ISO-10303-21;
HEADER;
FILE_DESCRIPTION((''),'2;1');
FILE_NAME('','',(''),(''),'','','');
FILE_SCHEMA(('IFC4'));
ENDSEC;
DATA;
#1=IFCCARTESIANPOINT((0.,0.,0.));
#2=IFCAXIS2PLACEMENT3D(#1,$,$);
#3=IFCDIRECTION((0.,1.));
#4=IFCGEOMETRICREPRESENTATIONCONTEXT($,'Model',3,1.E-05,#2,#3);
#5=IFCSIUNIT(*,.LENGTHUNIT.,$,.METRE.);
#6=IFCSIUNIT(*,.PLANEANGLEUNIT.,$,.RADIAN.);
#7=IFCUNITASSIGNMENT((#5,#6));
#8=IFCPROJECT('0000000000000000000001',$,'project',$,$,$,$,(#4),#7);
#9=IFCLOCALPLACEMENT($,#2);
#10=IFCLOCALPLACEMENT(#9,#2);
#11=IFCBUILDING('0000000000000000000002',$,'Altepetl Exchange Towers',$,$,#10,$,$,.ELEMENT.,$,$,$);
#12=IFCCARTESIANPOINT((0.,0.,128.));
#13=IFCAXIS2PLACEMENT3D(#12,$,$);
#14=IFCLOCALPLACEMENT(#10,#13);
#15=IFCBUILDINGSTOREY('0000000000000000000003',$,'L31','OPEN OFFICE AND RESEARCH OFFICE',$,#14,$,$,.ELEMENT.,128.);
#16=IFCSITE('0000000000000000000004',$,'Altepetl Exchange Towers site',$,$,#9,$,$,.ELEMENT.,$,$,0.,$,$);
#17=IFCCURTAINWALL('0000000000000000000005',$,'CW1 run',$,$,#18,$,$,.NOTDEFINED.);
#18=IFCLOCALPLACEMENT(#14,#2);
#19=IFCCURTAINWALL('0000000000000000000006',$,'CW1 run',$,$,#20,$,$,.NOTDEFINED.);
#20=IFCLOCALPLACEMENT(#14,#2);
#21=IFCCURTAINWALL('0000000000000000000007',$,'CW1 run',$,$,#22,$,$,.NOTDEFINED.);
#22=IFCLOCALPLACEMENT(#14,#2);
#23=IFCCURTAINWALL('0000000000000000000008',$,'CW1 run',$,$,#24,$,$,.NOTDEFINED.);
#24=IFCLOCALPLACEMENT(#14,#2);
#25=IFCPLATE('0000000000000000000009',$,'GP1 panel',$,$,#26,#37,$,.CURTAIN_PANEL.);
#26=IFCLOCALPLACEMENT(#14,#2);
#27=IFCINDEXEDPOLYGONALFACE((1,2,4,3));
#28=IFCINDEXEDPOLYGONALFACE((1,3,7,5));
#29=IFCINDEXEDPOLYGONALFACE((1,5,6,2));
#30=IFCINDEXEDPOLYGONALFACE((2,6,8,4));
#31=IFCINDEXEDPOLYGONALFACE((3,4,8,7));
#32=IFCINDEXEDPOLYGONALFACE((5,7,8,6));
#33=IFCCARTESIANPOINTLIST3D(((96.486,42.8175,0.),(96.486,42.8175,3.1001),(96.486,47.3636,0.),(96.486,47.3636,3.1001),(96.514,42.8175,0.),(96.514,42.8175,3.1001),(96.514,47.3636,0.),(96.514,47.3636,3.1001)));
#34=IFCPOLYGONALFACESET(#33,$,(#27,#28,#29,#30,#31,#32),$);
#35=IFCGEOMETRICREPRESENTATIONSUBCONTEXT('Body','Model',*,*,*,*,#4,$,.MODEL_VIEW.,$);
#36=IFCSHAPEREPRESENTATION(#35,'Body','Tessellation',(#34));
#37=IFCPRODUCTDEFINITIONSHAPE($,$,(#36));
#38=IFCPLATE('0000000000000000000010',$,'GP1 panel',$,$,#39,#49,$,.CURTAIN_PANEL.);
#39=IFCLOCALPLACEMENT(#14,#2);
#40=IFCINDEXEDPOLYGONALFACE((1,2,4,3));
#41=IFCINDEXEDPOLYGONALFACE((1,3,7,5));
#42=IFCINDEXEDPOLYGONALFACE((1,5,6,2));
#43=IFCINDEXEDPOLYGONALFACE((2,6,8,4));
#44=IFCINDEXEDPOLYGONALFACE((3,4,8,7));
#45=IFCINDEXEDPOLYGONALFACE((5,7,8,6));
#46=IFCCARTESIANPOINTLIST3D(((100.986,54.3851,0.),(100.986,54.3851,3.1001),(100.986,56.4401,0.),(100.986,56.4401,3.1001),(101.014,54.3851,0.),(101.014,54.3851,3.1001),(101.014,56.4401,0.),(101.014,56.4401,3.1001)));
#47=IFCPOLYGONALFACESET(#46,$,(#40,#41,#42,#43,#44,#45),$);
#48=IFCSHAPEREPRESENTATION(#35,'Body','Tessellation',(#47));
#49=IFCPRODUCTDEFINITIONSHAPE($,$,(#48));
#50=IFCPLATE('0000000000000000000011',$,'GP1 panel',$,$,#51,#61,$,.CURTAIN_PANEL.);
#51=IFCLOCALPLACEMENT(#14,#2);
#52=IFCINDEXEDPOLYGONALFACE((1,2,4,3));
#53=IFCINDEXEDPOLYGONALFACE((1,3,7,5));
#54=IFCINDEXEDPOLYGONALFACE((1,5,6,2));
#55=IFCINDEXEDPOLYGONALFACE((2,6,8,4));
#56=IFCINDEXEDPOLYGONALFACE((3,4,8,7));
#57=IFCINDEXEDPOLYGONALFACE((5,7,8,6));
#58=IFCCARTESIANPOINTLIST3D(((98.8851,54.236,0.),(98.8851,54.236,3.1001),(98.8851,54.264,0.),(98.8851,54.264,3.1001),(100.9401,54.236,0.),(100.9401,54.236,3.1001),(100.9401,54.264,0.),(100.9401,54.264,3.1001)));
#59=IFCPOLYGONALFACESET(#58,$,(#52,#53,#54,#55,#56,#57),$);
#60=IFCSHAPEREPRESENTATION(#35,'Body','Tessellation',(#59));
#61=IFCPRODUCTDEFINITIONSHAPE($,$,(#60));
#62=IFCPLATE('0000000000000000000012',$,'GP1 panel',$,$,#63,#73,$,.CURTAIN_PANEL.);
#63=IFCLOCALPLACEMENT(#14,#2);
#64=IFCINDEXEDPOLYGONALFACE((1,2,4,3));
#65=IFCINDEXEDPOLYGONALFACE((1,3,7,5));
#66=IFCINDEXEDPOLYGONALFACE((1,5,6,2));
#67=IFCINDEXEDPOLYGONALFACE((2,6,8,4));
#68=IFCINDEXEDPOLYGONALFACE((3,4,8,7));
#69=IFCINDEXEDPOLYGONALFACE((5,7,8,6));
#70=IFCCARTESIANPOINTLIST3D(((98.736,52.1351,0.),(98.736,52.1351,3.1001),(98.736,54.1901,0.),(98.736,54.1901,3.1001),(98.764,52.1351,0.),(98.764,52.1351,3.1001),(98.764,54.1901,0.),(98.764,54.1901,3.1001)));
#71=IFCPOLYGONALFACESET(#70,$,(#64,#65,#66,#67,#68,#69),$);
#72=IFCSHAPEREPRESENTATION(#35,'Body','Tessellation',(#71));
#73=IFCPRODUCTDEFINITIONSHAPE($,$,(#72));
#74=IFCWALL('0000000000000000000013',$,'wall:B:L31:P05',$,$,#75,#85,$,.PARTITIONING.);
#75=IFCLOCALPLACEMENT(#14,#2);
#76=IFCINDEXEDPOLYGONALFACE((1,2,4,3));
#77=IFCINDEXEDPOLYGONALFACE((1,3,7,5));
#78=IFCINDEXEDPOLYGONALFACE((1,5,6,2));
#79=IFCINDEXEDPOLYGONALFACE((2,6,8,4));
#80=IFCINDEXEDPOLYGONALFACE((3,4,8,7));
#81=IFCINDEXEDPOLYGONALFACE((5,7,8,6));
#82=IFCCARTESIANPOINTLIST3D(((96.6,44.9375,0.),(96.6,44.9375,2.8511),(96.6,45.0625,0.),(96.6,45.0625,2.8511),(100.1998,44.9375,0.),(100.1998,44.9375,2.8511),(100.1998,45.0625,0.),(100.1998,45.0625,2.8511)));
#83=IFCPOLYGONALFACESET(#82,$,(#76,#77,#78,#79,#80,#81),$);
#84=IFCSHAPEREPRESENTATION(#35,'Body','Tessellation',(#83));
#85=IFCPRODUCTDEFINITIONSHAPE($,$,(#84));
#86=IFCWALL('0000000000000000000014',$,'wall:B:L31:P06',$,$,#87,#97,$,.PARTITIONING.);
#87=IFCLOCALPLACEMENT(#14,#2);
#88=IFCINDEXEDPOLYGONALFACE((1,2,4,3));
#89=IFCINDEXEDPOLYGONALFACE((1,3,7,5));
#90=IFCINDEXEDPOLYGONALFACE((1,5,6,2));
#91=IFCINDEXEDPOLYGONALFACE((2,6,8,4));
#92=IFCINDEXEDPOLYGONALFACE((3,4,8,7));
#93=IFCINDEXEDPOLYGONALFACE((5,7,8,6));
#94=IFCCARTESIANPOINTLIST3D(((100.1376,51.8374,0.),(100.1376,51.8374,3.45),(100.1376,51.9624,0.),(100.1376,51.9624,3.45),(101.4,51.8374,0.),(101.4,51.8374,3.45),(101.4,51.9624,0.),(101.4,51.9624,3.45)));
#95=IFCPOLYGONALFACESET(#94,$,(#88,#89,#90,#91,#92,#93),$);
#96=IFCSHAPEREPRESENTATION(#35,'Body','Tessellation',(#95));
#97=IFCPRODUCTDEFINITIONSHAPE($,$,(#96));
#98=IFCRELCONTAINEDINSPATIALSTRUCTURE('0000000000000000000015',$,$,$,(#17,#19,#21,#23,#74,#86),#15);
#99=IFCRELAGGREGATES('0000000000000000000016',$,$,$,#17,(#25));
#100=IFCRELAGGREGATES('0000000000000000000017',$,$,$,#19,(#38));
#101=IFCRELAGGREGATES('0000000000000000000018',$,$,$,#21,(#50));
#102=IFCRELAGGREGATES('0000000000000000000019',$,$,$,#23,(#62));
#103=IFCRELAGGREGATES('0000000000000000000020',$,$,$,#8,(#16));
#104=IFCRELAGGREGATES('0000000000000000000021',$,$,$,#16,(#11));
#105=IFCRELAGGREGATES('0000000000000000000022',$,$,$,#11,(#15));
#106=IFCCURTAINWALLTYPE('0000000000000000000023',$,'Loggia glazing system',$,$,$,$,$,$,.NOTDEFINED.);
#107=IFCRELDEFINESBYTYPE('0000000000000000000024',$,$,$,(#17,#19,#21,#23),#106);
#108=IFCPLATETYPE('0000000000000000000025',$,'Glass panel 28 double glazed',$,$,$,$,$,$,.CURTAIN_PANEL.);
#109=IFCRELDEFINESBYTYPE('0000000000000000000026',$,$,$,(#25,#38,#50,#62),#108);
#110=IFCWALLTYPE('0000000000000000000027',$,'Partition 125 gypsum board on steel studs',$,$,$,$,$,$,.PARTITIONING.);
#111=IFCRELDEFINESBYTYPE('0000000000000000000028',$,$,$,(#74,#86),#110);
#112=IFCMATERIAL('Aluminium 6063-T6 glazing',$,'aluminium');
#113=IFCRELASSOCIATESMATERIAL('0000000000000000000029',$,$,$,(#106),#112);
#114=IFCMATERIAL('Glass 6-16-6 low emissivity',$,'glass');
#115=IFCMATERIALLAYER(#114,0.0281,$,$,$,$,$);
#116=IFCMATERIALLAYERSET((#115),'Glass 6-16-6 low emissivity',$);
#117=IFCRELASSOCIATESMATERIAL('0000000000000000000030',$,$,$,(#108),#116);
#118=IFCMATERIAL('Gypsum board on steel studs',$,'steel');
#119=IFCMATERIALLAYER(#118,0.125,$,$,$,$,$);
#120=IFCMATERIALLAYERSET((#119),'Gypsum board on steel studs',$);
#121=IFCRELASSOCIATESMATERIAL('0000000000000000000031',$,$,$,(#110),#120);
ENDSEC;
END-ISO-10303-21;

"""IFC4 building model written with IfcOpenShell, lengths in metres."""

from ifc_helpers import new_model, si_unit, direction, frame, frame_2d, origin, origin_2d, place, context, subcontext, project, spatial, rectangle, extrude, material, layer, layer_set, type_object, element, aggregate, save


model = new_model("IFC4")

# Units and contexts
model_context = context("Model", 3, precision=1e-05, world=origin(), true_north=direction((0.0, 1.0)))
body_context = subcontext(model_context, "Body", "Model", "MODEL_VIEW")
ifc_project = project(units=[si_unit("LENGTHUNIT", "METRE"), si_unit("PLANEANGLEUNIT", "RADIAN")], contexts=[model_context])

# Site, building, storey
site_placement = place(None, origin())
site = spatial("IfcSite", under=ifc_project, at=site_placement, Name="Altepetl Exchange Towers site", CompositionType="ELEMENT", RefElevation=0.0)
building_placement = place(site_placement, origin())
building = spatial("IfcBuilding", under=site, at=building_placement, Name="Altepetl Exchange Towers", CompositionType="ELEMENT")
storey_placement = place(building_placement, frame((0.0, 0.0, 128.0)))
storey = spatial("IfcBuildingStorey", under=building, at=storey_placement, Name="L31", Description="OPEN OFFICE AND RESEARCH OFFICE", CompositionType="ELEMENT", Elevation=128.0)

# Curtain walls
ifc_material_1 = material(Name="Aluminium 6063-T6 glazing", Category="aluminium")
curtain_wall_type = type_object("IfcCurtainWallType", Name="Loggia glazing system", PredefinedType="NOTDEFINED", material=ifc_material_1)
curtain_wall_1_placement = place(storey_placement, origin())
curtain_wall_1 = element("IfcCurtainWall", 1, at=curtain_wall_1_placement, inside=storey, type_object=curtain_wall_type, Name="CW1 run", PredefinedType="NOTDEFINED")
curtain_wall_2_placement = place(storey_placement, origin())
curtain_wall_2 = element("IfcCurtainWall", 2, at=curtain_wall_2_placement, inside=storey, type_object=curtain_wall_type, Name="CW1 run", PredefinedType="NOTDEFINED")
curtain_wall_3_placement = place(storey_placement, origin())
curtain_wall_3 = element("IfcCurtainWall", 3, at=curtain_wall_3_placement, inside=storey, type_object=curtain_wall_type, Name="CW1 run", PredefinedType="NOTDEFINED")
curtain_wall_4_placement = place(storey_placement, origin())
curtain_wall_4 = element("IfcCurtainWall", 4, at=curtain_wall_4_placement, inside=storey, type_object=curtain_wall_type, Name="CW1 run", PredefinedType="NOTDEFINED")

# Plates
ifc_material_2 = material(Name="Glass 6-16-6 low emissivity", Category="glass")
ifc_layer_1 = layer(ifc_material_2, 0.0281)
ifc_layer_set_1 = layer_set([ifc_layer_1], Name="Glass 6-16-6 low emissivity")
plate_type = type_object("IfcPlateType", Name="Glass panel 28 double glazed", PredefinedType="CURTAIN_PANEL", material=ifc_layer_set_1)
plate_1_placement = place(storey_placement, frame((96.5, 45.0906, 0.0), z_axis=(0.0, 0.0, 1.0), x_axis=(0.0, -1.0, 0.0)))
plate_1 = element("IfcPlate", 5, at=plate_1_placement, type_object=plate_type, Name="GP1 panel", PredefinedType="CURTAIN_PANEL", context=body_context, shape_type="SweptSolid", body=[
    extrude(rectangle(XDim=4.5461, YDim=0.0281, at=origin_2d()), origin(), (0.0, 0.0, 1.0), 3.1001),
])
aggregate(curtain_wall_1, [plate_1])
plate_2_placement = place(storey_placement, frame((101.0, 55.4126, 0.0), z_axis=(0.0, 0.0, 1.0), x_axis=(0.0, -1.0, 0.0)))
plate_2 = element("IfcPlate", 6, at=plate_2_placement, type_object=plate_type, Name="GP1 panel", PredefinedType="CURTAIN_PANEL", context=body_context, shape_type="SweptSolid", body=[
    extrude(rectangle(XDim=2.0549, YDim=0.0281, at=origin_2d()), origin(), (0.0, 0.0, 1.0), 3.1001),
])
aggregate(curtain_wall_2, [plate_2])
plate_3_placement = place(storey_placement, frame((99.9126, 54.25, 0.0), z_axis=(0.0, 0.0, 1.0), x_axis=(-1.0, 0.0, 0.0)))
plate_3 = element("IfcPlate", 7, at=plate_3_placement, type_object=plate_type, Name="GP1 panel", PredefinedType="CURTAIN_PANEL", context=body_context, shape_type="SweptSolid", body=[
    extrude(rectangle(XDim=2.0549, YDim=0.0281, at=origin_2d()), origin(), (0.0, 0.0, 1.0), 3.1001),
])
aggregate(curtain_wall_3, [plate_3])
plate_4_placement = place(storey_placement, frame((98.75, 53.1626, 0.0), z_axis=(0.0, 0.0, 1.0), x_axis=(0.0, -1.0, 0.0)))
plate_4 = element("IfcPlate", 8, at=plate_4_placement, type_object=plate_type, Name="GP1 panel", PredefinedType="CURTAIN_PANEL", context=body_context, shape_type="SweptSolid", body=[
    extrude(rectangle(XDim=2.0549, YDim=0.0281, at=origin_2d()), origin(), (0.0, 0.0, 1.0), 3.1001),
])
aggregate(curtain_wall_4, [plate_4])

# Walls
ifc_material_3 = material(Name="Gypsum board on steel studs", Category="steel")
ifc_layer_2 = layer(ifc_material_3, 0.125)
ifc_layer_set_2 = layer_set([ifc_layer_2], Name="Gypsum board on steel studs")
wall_type = type_object("IfcWallType", Name="Partition 125 gypsum board on steel studs", PredefinedType="PARTITIONING", material=ifc_layer_set_2)
wall_1_placement = place(storey_placement, frame((96.6001, 45.0, 0.0)))
element("IfcWall", 9, at=wall_1_placement, inside=storey, type_object=wall_type, Name="wall:B:L31:P05", PredefinedType="PARTITIONING", context=body_context, shape_type="SweptSolid", body=[
    extrude(rectangle(XDim=3.5999, YDim=0.125, at=frame_2d((1.7998, 0.0))), origin(), (0.0, 0.0, 1.0), 2.8511),
])
wall_2_placement = place(storey_placement, frame((100.1375, 51.8999, 0.0)))
element("IfcWall", 10, at=wall_2_placement, inside=storey, type_object=wall_type, Name="wall:B:L31:P06", PredefinedType="PARTITIONING", context=body_context, shape_type="SweptSolid", body=[
    extrude(rectangle(XDim=1.2625, YDim=0.125, at=frame_2d((0.6313, 0.0))), origin(), (0.0, 0.0, 1.0), 3.45),
])

save(model, "model.ifc")
